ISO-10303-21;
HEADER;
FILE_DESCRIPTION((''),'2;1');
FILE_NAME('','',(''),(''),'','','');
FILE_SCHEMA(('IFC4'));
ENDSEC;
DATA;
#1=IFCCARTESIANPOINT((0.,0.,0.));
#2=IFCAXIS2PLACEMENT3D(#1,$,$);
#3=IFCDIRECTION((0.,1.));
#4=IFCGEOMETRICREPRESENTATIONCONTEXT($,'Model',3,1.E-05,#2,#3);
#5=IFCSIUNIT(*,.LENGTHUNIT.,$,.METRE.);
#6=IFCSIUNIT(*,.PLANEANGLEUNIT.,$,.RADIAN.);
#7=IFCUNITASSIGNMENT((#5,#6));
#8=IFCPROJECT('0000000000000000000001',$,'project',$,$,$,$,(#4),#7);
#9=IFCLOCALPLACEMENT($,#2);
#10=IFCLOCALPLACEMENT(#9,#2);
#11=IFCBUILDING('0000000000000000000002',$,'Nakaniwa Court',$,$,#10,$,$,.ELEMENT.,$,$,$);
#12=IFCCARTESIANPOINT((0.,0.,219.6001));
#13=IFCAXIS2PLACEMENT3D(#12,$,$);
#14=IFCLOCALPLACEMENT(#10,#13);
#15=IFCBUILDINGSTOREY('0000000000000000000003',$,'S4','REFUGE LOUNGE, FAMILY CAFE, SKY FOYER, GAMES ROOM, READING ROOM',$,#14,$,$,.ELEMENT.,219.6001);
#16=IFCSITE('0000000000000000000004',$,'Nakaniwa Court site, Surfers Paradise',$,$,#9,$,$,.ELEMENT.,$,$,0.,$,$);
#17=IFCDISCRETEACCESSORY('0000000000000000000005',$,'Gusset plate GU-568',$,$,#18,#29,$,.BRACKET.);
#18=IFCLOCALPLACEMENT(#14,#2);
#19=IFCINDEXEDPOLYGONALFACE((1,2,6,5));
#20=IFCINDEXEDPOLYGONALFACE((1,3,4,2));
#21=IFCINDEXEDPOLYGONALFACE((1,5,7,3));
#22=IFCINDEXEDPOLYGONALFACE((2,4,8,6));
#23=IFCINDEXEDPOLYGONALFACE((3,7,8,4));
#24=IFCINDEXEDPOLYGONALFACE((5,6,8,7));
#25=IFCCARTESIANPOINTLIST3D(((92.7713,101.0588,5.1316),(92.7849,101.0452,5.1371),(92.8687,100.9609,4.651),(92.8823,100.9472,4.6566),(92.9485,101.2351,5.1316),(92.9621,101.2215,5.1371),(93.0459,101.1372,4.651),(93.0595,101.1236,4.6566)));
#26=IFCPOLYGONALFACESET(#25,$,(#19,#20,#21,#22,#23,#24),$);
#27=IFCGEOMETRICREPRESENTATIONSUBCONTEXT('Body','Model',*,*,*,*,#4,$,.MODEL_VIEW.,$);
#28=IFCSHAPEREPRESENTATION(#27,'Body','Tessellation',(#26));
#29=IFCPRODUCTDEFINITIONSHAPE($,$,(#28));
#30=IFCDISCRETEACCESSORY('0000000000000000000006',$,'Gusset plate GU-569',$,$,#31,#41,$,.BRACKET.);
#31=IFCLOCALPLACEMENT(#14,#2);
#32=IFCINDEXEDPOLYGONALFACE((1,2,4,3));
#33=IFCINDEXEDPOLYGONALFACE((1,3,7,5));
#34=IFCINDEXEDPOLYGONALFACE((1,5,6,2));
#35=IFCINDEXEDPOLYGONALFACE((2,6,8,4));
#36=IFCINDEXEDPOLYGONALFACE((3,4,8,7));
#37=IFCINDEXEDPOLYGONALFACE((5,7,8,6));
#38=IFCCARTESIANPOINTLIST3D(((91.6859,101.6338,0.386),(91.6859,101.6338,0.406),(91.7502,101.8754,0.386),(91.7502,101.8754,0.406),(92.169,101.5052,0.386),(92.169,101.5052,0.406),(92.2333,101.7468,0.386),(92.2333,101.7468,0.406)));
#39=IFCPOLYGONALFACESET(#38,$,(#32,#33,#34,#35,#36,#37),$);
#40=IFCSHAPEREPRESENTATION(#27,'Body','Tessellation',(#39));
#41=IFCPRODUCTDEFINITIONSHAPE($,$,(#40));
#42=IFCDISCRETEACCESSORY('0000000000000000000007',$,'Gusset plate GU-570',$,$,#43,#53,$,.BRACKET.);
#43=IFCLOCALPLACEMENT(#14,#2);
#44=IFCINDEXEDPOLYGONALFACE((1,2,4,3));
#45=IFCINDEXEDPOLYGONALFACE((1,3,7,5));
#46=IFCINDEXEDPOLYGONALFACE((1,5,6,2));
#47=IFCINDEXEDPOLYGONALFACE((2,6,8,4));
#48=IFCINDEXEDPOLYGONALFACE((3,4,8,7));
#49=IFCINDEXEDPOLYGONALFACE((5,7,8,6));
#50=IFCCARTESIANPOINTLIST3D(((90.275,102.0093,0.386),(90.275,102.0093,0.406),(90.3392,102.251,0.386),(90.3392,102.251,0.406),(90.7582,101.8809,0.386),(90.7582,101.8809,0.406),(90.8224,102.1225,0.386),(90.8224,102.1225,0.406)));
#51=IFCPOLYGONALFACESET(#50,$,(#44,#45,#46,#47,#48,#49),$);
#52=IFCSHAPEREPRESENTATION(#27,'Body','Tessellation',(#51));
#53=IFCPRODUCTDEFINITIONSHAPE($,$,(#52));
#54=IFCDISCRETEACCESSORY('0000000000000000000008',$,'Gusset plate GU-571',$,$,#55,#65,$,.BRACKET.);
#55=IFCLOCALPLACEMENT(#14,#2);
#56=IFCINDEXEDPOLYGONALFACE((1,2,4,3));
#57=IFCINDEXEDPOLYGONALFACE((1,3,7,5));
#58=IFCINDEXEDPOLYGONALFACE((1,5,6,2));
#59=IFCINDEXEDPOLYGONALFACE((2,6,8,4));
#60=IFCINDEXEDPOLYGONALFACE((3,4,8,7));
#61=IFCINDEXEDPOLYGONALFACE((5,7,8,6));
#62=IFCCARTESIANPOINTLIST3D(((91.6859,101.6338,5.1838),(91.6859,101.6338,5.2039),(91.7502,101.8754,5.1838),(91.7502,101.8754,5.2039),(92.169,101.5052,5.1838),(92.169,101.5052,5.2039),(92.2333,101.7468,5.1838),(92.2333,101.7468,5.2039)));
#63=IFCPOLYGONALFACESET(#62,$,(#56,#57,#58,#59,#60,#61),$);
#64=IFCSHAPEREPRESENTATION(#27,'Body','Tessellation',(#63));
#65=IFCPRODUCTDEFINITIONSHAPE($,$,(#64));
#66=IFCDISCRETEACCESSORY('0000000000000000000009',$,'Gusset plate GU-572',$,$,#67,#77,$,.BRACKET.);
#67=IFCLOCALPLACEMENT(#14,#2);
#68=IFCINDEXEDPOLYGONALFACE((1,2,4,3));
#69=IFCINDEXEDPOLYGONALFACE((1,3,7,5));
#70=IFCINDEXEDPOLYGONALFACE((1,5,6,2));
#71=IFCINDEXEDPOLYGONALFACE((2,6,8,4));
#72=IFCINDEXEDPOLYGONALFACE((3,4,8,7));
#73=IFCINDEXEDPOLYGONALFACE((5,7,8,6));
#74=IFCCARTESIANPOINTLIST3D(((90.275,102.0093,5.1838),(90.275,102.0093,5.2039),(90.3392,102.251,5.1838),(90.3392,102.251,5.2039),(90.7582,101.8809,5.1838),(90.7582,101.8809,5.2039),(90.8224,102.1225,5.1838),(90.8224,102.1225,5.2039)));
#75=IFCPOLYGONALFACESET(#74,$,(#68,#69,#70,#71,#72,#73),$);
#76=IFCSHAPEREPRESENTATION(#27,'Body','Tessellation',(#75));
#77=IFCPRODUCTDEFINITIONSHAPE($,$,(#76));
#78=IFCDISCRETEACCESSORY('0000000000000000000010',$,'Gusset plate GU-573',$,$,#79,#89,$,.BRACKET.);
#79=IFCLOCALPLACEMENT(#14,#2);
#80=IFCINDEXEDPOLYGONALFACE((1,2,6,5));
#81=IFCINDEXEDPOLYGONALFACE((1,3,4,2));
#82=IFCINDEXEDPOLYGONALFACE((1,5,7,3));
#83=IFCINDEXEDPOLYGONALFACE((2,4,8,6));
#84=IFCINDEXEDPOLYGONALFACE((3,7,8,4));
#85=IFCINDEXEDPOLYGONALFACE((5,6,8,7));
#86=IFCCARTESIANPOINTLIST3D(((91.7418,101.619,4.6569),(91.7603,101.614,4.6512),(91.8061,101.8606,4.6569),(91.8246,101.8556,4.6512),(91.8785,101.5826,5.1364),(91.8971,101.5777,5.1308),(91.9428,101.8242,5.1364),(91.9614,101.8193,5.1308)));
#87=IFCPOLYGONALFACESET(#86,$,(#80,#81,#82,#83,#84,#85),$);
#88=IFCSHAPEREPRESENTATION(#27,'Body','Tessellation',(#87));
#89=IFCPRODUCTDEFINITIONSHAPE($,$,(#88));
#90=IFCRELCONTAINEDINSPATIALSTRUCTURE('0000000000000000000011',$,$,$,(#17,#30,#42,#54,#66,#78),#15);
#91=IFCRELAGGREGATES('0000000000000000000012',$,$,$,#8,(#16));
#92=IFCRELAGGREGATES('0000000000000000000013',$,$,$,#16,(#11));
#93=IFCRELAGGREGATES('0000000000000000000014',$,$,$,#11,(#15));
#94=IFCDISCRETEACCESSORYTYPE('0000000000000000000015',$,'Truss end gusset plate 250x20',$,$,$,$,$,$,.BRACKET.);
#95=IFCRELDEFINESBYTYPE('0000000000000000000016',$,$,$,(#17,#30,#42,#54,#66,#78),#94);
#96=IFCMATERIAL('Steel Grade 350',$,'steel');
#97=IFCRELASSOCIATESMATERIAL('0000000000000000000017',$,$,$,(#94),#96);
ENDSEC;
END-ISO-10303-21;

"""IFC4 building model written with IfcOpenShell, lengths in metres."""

from ifc_helpers import new_model, si_unit, direction, frame, origin, origin_2d, place, context, subcontext, project, spatial, rectangle, extrude, material, material_profile, profile_set, type_object, element, save


model = new_model("IFC4")

# Units and contexts
model_context = context("Model", 3, precision=1e-05, world=origin(), true_north=direction((0.0, 1.0)))
body_context = subcontext(model_context, "Body", "Model", "MODEL_VIEW")
ifc_project = project(units=[si_unit("LENGTHUNIT", "METRE"), si_unit("PLANEANGLEUNIT", "RADIAN")], contexts=[model_context])

# Site, building, storey
site_placement = place(None, origin())
site = spatial("IfcSite", under=ifc_project, at=site_placement, Name="Nakaniwa Court site, Surfers Paradise", CompositionType="ELEMENT", RefElevation=0.0)
building_placement = place(site_placement, origin())
building = spatial("IfcBuilding", under=site, at=building_placement, Name="Nakaniwa Court", CompositionType="ELEMENT")
storey_placement = place(building_placement, frame((0.0, 0.0, 219.6001)))
storey = spatial("IfcBuildingStorey", under=building, at=storey_placement, Name="S4", Description="REFUGE LOUNGE, FAMILY CAFE, SKY FOYER, GAMES ROOM, READING ROOM", CompositionType="ELEMENT", Elevation=219.6001)

# Shared definitions
ifc_material_1 = material(Name="Steel Grade 350", Category="steel")

# Discrete accessories
ifc_material_profile_1 = material_profile(ifc_material_1, rectangle(XDim=0.25, YDim=0.02, at=origin_2d()), Name="Truss end gusset plate 250x20")
ifc_profile_set_1 = profile_set([ifc_material_profile_1], Name="Steel Grade 350")
discrete_accessory_type = type_object("IfcDiscreteAccessoryType", Name="Truss end gusset plate 250x20", PredefinedType="BRACKET", material=ifc_profile_set_1)
for number, where, z_axis, x_axis, name in (
    (1, (92.9641, 101.0422, 4.6538), (-0.194854, 0.195831, 0.961084), (-0.708872, -0.705337, 0.0), "Gusset plate GU-568"),
    (2, (91.718, 101.7546, 0.396), (0.966324, -0.257328, 0.0), (0.257328, 0.966324, 0.0), "Gusset plate GU-569"),
    (3, (90.7903, 102.0017, 0.396), (-0.966445, 0.256872, 0.0), (-0.256872, -0.966445, 0.0), "Gusset plate GU-570"),
    (4, (91.718, 101.7546, 5.1938), (0.966324, -0.257328, 0.0), (0.257328, 0.966324, 0.0), "Gusset plate GU-571"),
    (5, (90.7903, 102.0017, 5.1938), (-0.966445, 0.256872, 0.0), (-0.256872, -0.966445, 0.0), "Gusset plate GU-572"),
    (6, (91.7832, 101.7373, 4.6541), (0.273477, -0.072764, 0.959122), (0.257126, 0.966378, 0.0), "Gusset plate GU-573"),
):
    element("IfcDiscreteAccessory", number, at=place(storey_placement, frame(where, z_axis=z_axis, x_axis=x_axis)), inside=storey, type_object=discrete_accessory_type, Name=name, PredefinedType="BRACKET", context=body_context, shape_type="SweptSolid", body=[
        extrude(rectangle(XDim=0.25, YDim=0.02, at=origin_2d()), origin(), (0.0, 0.0, 1.0), 0.5),
    ])

save(model, "model.ifc")
